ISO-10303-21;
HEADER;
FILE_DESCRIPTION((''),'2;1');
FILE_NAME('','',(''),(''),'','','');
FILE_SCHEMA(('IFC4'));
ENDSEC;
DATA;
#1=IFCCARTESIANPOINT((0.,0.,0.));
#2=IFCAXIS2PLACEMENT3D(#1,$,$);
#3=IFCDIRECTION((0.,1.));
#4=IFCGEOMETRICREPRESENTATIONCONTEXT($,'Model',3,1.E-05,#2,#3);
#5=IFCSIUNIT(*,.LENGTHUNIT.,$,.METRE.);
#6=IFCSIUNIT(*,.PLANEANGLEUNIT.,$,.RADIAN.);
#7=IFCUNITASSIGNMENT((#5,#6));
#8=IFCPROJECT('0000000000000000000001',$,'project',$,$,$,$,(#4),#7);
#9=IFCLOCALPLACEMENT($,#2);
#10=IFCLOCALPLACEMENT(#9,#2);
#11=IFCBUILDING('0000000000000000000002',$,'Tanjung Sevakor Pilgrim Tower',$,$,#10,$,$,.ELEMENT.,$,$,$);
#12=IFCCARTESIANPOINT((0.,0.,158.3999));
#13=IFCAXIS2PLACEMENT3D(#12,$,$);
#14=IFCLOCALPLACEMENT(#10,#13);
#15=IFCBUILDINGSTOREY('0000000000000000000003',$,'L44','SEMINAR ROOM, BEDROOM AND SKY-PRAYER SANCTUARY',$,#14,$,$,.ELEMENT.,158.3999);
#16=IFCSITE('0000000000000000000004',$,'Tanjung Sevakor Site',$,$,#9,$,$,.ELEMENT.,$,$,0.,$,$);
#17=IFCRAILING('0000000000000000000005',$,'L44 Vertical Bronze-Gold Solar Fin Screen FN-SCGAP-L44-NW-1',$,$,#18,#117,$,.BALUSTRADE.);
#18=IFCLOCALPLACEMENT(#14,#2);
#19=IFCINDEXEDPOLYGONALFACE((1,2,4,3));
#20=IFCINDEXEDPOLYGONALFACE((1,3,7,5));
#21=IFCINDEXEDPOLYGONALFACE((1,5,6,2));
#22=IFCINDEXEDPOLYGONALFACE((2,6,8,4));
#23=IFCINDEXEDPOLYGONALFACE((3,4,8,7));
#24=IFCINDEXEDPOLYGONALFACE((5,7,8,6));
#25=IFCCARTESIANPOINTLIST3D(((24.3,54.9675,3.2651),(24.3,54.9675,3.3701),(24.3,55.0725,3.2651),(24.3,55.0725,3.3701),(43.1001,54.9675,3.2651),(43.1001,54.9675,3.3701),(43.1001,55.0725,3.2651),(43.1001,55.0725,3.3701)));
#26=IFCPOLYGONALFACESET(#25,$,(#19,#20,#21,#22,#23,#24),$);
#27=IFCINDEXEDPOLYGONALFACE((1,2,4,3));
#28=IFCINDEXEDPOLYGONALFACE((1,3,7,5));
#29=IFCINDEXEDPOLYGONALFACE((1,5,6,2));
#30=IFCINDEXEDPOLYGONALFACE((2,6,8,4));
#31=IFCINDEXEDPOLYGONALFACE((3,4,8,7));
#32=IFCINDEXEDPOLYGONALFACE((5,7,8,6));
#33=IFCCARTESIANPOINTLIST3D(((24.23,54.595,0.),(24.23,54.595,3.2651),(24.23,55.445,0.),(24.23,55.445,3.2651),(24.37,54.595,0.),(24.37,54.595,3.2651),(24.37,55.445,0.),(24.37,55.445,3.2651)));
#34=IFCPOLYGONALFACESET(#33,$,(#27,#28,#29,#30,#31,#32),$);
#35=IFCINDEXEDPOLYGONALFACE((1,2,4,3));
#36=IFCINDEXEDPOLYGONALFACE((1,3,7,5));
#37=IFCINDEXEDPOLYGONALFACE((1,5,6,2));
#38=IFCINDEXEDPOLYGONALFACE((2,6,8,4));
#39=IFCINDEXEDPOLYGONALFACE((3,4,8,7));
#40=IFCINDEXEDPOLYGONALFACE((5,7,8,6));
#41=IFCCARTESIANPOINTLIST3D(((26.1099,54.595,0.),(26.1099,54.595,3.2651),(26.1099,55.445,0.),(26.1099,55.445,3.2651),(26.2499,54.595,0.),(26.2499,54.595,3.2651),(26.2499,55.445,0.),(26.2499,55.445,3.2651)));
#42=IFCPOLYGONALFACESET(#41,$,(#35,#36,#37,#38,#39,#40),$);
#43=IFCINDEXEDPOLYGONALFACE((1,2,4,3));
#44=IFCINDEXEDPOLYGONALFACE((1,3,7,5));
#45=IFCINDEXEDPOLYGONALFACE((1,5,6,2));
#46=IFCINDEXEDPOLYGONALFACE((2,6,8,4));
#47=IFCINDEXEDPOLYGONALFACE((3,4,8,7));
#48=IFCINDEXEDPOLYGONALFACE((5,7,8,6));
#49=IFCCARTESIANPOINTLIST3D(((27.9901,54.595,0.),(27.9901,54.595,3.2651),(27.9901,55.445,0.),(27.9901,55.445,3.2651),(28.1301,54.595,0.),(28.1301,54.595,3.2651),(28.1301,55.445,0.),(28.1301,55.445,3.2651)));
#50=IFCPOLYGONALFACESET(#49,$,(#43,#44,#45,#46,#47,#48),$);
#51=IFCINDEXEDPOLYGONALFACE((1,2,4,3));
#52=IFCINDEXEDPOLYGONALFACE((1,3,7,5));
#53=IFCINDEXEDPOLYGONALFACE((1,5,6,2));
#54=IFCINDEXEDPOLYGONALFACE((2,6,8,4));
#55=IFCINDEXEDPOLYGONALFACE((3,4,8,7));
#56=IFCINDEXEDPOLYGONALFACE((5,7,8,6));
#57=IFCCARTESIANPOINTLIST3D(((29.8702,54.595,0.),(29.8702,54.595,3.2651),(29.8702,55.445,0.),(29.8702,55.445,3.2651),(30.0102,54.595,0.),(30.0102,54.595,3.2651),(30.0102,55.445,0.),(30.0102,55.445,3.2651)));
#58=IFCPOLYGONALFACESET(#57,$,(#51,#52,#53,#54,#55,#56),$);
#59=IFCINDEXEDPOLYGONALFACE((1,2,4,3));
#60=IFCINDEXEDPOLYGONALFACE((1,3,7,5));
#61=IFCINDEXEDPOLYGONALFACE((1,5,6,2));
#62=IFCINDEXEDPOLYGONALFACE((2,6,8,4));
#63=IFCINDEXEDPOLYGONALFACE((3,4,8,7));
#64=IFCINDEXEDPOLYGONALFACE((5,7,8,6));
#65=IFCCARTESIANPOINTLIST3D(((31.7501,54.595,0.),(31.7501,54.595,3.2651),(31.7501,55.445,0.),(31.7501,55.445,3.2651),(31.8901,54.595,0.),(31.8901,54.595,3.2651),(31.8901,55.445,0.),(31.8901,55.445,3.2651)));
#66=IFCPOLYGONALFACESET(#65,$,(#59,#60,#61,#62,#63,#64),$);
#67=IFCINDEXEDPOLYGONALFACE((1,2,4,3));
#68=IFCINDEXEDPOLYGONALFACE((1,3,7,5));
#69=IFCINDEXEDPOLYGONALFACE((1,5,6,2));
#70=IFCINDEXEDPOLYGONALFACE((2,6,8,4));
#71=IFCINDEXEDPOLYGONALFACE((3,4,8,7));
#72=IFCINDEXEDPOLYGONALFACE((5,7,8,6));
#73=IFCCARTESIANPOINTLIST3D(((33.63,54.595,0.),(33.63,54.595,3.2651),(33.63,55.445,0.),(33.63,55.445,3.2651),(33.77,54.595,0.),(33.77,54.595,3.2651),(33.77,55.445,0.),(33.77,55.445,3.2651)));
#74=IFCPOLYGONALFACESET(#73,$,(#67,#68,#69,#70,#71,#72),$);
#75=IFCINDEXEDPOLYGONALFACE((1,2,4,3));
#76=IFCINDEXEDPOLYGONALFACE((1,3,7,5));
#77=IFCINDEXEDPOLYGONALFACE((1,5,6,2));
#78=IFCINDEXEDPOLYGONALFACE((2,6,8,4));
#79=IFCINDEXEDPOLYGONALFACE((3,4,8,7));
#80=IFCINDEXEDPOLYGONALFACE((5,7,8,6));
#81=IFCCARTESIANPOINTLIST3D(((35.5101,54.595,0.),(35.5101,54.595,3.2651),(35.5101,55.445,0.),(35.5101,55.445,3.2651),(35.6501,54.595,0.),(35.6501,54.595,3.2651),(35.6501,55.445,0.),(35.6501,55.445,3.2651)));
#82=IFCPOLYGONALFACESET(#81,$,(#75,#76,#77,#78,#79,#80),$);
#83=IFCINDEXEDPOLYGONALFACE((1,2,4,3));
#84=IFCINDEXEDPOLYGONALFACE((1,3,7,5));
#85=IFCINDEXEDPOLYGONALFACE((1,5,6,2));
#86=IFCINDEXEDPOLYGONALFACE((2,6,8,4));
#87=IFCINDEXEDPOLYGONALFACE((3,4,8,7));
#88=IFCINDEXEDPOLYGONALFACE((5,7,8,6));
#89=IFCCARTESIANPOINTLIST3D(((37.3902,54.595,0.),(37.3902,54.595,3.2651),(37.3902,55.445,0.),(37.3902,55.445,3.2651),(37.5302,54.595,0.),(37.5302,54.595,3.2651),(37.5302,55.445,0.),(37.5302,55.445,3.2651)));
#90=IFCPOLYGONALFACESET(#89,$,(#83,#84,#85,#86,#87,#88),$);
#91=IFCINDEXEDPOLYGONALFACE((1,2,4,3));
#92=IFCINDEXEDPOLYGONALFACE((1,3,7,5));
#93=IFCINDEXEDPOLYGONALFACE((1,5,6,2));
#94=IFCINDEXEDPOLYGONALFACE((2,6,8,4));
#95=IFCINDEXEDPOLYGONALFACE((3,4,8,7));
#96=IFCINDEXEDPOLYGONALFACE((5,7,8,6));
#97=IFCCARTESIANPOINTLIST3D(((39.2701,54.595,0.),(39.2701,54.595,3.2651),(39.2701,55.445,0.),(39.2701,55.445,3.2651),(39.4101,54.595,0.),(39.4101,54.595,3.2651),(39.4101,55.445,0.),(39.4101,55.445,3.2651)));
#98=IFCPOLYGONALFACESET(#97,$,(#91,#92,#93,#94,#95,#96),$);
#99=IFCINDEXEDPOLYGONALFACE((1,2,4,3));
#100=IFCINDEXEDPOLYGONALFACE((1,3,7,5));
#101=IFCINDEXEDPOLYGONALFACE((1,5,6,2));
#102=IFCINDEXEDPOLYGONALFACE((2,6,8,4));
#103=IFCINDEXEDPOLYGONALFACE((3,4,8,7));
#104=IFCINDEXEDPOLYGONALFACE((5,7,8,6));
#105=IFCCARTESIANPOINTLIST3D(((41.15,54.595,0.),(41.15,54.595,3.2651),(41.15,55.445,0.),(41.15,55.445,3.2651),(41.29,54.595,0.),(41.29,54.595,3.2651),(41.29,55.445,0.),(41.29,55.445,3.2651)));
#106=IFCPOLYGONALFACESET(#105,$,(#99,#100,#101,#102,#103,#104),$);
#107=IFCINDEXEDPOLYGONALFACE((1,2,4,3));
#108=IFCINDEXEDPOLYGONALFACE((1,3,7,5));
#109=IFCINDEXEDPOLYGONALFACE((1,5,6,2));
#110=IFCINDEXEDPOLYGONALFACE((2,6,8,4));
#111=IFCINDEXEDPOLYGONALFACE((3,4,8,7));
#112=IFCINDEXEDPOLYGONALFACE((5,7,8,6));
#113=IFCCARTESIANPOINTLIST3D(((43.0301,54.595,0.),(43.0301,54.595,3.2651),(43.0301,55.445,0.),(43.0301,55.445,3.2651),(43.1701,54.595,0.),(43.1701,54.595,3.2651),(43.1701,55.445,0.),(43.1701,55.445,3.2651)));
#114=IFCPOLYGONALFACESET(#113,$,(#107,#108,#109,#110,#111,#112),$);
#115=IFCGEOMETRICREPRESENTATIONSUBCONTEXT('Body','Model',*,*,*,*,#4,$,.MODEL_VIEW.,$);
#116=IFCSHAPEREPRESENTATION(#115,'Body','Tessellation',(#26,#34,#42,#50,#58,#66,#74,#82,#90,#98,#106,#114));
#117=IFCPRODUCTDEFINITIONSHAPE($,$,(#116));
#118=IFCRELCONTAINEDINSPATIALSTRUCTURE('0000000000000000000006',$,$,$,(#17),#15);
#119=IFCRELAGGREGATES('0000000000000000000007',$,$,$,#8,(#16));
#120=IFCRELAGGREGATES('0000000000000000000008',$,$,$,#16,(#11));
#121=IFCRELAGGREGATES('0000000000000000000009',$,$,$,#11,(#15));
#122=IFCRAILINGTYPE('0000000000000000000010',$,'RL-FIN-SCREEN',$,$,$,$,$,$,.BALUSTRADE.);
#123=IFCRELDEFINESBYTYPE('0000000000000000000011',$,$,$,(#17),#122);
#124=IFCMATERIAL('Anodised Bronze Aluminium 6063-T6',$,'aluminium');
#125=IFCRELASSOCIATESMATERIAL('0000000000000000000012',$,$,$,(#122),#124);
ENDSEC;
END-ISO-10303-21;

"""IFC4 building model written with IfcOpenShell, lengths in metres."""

from ifc_helpers import new_model, si_unit, direction, frame, origin, place, context, subcontext, project, spatial, rectangle, extrude, material, type_object, element, save


model = new_model("IFC4")

# Units and contexts
model_context = context("Model", 3, precision=1e-05, world=origin(), true_north=direction((0.0, 1.0)))
body_context = subcontext(model_context, "Body", "Model", "MODEL_VIEW")
ifc_project = project(units=[si_unit("LENGTHUNIT", "METRE"), si_unit("PLANEANGLEUNIT", "RADIAN")], contexts=[model_context])

# Site, building, storey
site_placement = place(None, origin())
site = spatial("IfcSite", under=ifc_project, at=site_placement, Name="Tanjung Sevakor Site", CompositionType="ELEMENT", RefElevation=0.0)
building_placement = place(site_placement, origin())
building = spatial("IfcBuilding", under=site, at=building_placement, Name="Tanjung Sevakor Pilgrim Tower", CompositionType="ELEMENT")
storey_placement = place(building_placement, frame((0.0, 0.0, 158.3999)))
storey = spatial("IfcBuildingStorey", under=building, at=storey_placement, Name="L44", Description="SEMINAR ROOM, BEDROOM AND SKY-PRAYER SANCTUARY", CompositionType="ELEMENT", Elevation=158.3999)

# Railing
ifc_material_1 = material(Name="Anodised Bronze Aluminium 6063-T6", Category="aluminium")
railing_type_1 = type_object("IfcRailingType", Name="RL-FIN-SCREEN", PredefinedType="BALUSTRADE", material=ifc_material_1)
railing_1_placement = place(storey_placement, frame((24.3, 55.02, 0.0)))
element("IfcRailing", 1, at=railing_1_placement, inside=storey, type_object=railing_type_1, Name="L44 Vertical Bronze-Gold Solar Fin Screen FN-SCGAP-L44-NW-1", PredefinedType="BALUSTRADE", context=body_context, shape_type="SweptSolid", body=[
    extrude(rectangle(XDim=0.105, YDim=0.105), frame((0.0, 0.0, 3.3176), z_axis=(1.0, 0.0, 0.0), x_axis=(0.0, 1.0, 0.0)), (0.0, 0.0, 1.0), 18.8),
    extrude(rectangle(XDim=0.14, YDim=0.85), origin(), (0.0, 0.0, 1.0), 3.2651),
    extrude(rectangle(XDim=0.14, YDim=0.85), frame((1.8799, 0.0, 0.0)), (0.0, 0.0, 1.0), 3.2651),
    extrude(rectangle(XDim=0.14, YDim=0.85), frame((3.76, 0.0, 0.0)), (0.0, 0.0, 1.0), 3.2651),
    extrude(rectangle(XDim=0.14, YDim=0.85), frame((5.6401, 0.0, 0.0)), (0.0, 0.0, 1.0), 3.2651),
    extrude(rectangle(XDim=0.14, YDim=0.85), frame((7.52, 0.0, 0.0)), (0.0, 0.0, 1.0), 3.2651),
    extrude(rectangle(XDim=0.14, YDim=0.85), frame((9.3999, 0.0, 0.0)), (0.0, 0.0, 1.0), 3.2651),
    extrude(rectangle(XDim=0.14, YDim=0.85), frame((11.28, 0.0, 0.0)), (0.0, 0.0, 1.0), 3.2651),
    extrude(rectangle(XDim=0.14, YDim=0.85), frame((13.1602, 0.0, 0.0)), (0.0, 0.0, 1.0), 3.2651),
    extrude(rectangle(XDim=0.14, YDim=0.85), frame((15.04, 0.0, 0.0)), (0.0, 0.0, 1.0), 3.2651),
    extrude(rectangle(XDim=0.14, YDim=0.85), frame((16.9199, 0.0, 0.0)), (0.0, 0.0, 1.0), 3.2651),
    extrude(rectangle(XDim=0.14, YDim=0.85), frame((18.8, 0.0, 0.0)), (0.0, 0.0, 1.0), 3.2651),
])

save(model, "model.ifc")
